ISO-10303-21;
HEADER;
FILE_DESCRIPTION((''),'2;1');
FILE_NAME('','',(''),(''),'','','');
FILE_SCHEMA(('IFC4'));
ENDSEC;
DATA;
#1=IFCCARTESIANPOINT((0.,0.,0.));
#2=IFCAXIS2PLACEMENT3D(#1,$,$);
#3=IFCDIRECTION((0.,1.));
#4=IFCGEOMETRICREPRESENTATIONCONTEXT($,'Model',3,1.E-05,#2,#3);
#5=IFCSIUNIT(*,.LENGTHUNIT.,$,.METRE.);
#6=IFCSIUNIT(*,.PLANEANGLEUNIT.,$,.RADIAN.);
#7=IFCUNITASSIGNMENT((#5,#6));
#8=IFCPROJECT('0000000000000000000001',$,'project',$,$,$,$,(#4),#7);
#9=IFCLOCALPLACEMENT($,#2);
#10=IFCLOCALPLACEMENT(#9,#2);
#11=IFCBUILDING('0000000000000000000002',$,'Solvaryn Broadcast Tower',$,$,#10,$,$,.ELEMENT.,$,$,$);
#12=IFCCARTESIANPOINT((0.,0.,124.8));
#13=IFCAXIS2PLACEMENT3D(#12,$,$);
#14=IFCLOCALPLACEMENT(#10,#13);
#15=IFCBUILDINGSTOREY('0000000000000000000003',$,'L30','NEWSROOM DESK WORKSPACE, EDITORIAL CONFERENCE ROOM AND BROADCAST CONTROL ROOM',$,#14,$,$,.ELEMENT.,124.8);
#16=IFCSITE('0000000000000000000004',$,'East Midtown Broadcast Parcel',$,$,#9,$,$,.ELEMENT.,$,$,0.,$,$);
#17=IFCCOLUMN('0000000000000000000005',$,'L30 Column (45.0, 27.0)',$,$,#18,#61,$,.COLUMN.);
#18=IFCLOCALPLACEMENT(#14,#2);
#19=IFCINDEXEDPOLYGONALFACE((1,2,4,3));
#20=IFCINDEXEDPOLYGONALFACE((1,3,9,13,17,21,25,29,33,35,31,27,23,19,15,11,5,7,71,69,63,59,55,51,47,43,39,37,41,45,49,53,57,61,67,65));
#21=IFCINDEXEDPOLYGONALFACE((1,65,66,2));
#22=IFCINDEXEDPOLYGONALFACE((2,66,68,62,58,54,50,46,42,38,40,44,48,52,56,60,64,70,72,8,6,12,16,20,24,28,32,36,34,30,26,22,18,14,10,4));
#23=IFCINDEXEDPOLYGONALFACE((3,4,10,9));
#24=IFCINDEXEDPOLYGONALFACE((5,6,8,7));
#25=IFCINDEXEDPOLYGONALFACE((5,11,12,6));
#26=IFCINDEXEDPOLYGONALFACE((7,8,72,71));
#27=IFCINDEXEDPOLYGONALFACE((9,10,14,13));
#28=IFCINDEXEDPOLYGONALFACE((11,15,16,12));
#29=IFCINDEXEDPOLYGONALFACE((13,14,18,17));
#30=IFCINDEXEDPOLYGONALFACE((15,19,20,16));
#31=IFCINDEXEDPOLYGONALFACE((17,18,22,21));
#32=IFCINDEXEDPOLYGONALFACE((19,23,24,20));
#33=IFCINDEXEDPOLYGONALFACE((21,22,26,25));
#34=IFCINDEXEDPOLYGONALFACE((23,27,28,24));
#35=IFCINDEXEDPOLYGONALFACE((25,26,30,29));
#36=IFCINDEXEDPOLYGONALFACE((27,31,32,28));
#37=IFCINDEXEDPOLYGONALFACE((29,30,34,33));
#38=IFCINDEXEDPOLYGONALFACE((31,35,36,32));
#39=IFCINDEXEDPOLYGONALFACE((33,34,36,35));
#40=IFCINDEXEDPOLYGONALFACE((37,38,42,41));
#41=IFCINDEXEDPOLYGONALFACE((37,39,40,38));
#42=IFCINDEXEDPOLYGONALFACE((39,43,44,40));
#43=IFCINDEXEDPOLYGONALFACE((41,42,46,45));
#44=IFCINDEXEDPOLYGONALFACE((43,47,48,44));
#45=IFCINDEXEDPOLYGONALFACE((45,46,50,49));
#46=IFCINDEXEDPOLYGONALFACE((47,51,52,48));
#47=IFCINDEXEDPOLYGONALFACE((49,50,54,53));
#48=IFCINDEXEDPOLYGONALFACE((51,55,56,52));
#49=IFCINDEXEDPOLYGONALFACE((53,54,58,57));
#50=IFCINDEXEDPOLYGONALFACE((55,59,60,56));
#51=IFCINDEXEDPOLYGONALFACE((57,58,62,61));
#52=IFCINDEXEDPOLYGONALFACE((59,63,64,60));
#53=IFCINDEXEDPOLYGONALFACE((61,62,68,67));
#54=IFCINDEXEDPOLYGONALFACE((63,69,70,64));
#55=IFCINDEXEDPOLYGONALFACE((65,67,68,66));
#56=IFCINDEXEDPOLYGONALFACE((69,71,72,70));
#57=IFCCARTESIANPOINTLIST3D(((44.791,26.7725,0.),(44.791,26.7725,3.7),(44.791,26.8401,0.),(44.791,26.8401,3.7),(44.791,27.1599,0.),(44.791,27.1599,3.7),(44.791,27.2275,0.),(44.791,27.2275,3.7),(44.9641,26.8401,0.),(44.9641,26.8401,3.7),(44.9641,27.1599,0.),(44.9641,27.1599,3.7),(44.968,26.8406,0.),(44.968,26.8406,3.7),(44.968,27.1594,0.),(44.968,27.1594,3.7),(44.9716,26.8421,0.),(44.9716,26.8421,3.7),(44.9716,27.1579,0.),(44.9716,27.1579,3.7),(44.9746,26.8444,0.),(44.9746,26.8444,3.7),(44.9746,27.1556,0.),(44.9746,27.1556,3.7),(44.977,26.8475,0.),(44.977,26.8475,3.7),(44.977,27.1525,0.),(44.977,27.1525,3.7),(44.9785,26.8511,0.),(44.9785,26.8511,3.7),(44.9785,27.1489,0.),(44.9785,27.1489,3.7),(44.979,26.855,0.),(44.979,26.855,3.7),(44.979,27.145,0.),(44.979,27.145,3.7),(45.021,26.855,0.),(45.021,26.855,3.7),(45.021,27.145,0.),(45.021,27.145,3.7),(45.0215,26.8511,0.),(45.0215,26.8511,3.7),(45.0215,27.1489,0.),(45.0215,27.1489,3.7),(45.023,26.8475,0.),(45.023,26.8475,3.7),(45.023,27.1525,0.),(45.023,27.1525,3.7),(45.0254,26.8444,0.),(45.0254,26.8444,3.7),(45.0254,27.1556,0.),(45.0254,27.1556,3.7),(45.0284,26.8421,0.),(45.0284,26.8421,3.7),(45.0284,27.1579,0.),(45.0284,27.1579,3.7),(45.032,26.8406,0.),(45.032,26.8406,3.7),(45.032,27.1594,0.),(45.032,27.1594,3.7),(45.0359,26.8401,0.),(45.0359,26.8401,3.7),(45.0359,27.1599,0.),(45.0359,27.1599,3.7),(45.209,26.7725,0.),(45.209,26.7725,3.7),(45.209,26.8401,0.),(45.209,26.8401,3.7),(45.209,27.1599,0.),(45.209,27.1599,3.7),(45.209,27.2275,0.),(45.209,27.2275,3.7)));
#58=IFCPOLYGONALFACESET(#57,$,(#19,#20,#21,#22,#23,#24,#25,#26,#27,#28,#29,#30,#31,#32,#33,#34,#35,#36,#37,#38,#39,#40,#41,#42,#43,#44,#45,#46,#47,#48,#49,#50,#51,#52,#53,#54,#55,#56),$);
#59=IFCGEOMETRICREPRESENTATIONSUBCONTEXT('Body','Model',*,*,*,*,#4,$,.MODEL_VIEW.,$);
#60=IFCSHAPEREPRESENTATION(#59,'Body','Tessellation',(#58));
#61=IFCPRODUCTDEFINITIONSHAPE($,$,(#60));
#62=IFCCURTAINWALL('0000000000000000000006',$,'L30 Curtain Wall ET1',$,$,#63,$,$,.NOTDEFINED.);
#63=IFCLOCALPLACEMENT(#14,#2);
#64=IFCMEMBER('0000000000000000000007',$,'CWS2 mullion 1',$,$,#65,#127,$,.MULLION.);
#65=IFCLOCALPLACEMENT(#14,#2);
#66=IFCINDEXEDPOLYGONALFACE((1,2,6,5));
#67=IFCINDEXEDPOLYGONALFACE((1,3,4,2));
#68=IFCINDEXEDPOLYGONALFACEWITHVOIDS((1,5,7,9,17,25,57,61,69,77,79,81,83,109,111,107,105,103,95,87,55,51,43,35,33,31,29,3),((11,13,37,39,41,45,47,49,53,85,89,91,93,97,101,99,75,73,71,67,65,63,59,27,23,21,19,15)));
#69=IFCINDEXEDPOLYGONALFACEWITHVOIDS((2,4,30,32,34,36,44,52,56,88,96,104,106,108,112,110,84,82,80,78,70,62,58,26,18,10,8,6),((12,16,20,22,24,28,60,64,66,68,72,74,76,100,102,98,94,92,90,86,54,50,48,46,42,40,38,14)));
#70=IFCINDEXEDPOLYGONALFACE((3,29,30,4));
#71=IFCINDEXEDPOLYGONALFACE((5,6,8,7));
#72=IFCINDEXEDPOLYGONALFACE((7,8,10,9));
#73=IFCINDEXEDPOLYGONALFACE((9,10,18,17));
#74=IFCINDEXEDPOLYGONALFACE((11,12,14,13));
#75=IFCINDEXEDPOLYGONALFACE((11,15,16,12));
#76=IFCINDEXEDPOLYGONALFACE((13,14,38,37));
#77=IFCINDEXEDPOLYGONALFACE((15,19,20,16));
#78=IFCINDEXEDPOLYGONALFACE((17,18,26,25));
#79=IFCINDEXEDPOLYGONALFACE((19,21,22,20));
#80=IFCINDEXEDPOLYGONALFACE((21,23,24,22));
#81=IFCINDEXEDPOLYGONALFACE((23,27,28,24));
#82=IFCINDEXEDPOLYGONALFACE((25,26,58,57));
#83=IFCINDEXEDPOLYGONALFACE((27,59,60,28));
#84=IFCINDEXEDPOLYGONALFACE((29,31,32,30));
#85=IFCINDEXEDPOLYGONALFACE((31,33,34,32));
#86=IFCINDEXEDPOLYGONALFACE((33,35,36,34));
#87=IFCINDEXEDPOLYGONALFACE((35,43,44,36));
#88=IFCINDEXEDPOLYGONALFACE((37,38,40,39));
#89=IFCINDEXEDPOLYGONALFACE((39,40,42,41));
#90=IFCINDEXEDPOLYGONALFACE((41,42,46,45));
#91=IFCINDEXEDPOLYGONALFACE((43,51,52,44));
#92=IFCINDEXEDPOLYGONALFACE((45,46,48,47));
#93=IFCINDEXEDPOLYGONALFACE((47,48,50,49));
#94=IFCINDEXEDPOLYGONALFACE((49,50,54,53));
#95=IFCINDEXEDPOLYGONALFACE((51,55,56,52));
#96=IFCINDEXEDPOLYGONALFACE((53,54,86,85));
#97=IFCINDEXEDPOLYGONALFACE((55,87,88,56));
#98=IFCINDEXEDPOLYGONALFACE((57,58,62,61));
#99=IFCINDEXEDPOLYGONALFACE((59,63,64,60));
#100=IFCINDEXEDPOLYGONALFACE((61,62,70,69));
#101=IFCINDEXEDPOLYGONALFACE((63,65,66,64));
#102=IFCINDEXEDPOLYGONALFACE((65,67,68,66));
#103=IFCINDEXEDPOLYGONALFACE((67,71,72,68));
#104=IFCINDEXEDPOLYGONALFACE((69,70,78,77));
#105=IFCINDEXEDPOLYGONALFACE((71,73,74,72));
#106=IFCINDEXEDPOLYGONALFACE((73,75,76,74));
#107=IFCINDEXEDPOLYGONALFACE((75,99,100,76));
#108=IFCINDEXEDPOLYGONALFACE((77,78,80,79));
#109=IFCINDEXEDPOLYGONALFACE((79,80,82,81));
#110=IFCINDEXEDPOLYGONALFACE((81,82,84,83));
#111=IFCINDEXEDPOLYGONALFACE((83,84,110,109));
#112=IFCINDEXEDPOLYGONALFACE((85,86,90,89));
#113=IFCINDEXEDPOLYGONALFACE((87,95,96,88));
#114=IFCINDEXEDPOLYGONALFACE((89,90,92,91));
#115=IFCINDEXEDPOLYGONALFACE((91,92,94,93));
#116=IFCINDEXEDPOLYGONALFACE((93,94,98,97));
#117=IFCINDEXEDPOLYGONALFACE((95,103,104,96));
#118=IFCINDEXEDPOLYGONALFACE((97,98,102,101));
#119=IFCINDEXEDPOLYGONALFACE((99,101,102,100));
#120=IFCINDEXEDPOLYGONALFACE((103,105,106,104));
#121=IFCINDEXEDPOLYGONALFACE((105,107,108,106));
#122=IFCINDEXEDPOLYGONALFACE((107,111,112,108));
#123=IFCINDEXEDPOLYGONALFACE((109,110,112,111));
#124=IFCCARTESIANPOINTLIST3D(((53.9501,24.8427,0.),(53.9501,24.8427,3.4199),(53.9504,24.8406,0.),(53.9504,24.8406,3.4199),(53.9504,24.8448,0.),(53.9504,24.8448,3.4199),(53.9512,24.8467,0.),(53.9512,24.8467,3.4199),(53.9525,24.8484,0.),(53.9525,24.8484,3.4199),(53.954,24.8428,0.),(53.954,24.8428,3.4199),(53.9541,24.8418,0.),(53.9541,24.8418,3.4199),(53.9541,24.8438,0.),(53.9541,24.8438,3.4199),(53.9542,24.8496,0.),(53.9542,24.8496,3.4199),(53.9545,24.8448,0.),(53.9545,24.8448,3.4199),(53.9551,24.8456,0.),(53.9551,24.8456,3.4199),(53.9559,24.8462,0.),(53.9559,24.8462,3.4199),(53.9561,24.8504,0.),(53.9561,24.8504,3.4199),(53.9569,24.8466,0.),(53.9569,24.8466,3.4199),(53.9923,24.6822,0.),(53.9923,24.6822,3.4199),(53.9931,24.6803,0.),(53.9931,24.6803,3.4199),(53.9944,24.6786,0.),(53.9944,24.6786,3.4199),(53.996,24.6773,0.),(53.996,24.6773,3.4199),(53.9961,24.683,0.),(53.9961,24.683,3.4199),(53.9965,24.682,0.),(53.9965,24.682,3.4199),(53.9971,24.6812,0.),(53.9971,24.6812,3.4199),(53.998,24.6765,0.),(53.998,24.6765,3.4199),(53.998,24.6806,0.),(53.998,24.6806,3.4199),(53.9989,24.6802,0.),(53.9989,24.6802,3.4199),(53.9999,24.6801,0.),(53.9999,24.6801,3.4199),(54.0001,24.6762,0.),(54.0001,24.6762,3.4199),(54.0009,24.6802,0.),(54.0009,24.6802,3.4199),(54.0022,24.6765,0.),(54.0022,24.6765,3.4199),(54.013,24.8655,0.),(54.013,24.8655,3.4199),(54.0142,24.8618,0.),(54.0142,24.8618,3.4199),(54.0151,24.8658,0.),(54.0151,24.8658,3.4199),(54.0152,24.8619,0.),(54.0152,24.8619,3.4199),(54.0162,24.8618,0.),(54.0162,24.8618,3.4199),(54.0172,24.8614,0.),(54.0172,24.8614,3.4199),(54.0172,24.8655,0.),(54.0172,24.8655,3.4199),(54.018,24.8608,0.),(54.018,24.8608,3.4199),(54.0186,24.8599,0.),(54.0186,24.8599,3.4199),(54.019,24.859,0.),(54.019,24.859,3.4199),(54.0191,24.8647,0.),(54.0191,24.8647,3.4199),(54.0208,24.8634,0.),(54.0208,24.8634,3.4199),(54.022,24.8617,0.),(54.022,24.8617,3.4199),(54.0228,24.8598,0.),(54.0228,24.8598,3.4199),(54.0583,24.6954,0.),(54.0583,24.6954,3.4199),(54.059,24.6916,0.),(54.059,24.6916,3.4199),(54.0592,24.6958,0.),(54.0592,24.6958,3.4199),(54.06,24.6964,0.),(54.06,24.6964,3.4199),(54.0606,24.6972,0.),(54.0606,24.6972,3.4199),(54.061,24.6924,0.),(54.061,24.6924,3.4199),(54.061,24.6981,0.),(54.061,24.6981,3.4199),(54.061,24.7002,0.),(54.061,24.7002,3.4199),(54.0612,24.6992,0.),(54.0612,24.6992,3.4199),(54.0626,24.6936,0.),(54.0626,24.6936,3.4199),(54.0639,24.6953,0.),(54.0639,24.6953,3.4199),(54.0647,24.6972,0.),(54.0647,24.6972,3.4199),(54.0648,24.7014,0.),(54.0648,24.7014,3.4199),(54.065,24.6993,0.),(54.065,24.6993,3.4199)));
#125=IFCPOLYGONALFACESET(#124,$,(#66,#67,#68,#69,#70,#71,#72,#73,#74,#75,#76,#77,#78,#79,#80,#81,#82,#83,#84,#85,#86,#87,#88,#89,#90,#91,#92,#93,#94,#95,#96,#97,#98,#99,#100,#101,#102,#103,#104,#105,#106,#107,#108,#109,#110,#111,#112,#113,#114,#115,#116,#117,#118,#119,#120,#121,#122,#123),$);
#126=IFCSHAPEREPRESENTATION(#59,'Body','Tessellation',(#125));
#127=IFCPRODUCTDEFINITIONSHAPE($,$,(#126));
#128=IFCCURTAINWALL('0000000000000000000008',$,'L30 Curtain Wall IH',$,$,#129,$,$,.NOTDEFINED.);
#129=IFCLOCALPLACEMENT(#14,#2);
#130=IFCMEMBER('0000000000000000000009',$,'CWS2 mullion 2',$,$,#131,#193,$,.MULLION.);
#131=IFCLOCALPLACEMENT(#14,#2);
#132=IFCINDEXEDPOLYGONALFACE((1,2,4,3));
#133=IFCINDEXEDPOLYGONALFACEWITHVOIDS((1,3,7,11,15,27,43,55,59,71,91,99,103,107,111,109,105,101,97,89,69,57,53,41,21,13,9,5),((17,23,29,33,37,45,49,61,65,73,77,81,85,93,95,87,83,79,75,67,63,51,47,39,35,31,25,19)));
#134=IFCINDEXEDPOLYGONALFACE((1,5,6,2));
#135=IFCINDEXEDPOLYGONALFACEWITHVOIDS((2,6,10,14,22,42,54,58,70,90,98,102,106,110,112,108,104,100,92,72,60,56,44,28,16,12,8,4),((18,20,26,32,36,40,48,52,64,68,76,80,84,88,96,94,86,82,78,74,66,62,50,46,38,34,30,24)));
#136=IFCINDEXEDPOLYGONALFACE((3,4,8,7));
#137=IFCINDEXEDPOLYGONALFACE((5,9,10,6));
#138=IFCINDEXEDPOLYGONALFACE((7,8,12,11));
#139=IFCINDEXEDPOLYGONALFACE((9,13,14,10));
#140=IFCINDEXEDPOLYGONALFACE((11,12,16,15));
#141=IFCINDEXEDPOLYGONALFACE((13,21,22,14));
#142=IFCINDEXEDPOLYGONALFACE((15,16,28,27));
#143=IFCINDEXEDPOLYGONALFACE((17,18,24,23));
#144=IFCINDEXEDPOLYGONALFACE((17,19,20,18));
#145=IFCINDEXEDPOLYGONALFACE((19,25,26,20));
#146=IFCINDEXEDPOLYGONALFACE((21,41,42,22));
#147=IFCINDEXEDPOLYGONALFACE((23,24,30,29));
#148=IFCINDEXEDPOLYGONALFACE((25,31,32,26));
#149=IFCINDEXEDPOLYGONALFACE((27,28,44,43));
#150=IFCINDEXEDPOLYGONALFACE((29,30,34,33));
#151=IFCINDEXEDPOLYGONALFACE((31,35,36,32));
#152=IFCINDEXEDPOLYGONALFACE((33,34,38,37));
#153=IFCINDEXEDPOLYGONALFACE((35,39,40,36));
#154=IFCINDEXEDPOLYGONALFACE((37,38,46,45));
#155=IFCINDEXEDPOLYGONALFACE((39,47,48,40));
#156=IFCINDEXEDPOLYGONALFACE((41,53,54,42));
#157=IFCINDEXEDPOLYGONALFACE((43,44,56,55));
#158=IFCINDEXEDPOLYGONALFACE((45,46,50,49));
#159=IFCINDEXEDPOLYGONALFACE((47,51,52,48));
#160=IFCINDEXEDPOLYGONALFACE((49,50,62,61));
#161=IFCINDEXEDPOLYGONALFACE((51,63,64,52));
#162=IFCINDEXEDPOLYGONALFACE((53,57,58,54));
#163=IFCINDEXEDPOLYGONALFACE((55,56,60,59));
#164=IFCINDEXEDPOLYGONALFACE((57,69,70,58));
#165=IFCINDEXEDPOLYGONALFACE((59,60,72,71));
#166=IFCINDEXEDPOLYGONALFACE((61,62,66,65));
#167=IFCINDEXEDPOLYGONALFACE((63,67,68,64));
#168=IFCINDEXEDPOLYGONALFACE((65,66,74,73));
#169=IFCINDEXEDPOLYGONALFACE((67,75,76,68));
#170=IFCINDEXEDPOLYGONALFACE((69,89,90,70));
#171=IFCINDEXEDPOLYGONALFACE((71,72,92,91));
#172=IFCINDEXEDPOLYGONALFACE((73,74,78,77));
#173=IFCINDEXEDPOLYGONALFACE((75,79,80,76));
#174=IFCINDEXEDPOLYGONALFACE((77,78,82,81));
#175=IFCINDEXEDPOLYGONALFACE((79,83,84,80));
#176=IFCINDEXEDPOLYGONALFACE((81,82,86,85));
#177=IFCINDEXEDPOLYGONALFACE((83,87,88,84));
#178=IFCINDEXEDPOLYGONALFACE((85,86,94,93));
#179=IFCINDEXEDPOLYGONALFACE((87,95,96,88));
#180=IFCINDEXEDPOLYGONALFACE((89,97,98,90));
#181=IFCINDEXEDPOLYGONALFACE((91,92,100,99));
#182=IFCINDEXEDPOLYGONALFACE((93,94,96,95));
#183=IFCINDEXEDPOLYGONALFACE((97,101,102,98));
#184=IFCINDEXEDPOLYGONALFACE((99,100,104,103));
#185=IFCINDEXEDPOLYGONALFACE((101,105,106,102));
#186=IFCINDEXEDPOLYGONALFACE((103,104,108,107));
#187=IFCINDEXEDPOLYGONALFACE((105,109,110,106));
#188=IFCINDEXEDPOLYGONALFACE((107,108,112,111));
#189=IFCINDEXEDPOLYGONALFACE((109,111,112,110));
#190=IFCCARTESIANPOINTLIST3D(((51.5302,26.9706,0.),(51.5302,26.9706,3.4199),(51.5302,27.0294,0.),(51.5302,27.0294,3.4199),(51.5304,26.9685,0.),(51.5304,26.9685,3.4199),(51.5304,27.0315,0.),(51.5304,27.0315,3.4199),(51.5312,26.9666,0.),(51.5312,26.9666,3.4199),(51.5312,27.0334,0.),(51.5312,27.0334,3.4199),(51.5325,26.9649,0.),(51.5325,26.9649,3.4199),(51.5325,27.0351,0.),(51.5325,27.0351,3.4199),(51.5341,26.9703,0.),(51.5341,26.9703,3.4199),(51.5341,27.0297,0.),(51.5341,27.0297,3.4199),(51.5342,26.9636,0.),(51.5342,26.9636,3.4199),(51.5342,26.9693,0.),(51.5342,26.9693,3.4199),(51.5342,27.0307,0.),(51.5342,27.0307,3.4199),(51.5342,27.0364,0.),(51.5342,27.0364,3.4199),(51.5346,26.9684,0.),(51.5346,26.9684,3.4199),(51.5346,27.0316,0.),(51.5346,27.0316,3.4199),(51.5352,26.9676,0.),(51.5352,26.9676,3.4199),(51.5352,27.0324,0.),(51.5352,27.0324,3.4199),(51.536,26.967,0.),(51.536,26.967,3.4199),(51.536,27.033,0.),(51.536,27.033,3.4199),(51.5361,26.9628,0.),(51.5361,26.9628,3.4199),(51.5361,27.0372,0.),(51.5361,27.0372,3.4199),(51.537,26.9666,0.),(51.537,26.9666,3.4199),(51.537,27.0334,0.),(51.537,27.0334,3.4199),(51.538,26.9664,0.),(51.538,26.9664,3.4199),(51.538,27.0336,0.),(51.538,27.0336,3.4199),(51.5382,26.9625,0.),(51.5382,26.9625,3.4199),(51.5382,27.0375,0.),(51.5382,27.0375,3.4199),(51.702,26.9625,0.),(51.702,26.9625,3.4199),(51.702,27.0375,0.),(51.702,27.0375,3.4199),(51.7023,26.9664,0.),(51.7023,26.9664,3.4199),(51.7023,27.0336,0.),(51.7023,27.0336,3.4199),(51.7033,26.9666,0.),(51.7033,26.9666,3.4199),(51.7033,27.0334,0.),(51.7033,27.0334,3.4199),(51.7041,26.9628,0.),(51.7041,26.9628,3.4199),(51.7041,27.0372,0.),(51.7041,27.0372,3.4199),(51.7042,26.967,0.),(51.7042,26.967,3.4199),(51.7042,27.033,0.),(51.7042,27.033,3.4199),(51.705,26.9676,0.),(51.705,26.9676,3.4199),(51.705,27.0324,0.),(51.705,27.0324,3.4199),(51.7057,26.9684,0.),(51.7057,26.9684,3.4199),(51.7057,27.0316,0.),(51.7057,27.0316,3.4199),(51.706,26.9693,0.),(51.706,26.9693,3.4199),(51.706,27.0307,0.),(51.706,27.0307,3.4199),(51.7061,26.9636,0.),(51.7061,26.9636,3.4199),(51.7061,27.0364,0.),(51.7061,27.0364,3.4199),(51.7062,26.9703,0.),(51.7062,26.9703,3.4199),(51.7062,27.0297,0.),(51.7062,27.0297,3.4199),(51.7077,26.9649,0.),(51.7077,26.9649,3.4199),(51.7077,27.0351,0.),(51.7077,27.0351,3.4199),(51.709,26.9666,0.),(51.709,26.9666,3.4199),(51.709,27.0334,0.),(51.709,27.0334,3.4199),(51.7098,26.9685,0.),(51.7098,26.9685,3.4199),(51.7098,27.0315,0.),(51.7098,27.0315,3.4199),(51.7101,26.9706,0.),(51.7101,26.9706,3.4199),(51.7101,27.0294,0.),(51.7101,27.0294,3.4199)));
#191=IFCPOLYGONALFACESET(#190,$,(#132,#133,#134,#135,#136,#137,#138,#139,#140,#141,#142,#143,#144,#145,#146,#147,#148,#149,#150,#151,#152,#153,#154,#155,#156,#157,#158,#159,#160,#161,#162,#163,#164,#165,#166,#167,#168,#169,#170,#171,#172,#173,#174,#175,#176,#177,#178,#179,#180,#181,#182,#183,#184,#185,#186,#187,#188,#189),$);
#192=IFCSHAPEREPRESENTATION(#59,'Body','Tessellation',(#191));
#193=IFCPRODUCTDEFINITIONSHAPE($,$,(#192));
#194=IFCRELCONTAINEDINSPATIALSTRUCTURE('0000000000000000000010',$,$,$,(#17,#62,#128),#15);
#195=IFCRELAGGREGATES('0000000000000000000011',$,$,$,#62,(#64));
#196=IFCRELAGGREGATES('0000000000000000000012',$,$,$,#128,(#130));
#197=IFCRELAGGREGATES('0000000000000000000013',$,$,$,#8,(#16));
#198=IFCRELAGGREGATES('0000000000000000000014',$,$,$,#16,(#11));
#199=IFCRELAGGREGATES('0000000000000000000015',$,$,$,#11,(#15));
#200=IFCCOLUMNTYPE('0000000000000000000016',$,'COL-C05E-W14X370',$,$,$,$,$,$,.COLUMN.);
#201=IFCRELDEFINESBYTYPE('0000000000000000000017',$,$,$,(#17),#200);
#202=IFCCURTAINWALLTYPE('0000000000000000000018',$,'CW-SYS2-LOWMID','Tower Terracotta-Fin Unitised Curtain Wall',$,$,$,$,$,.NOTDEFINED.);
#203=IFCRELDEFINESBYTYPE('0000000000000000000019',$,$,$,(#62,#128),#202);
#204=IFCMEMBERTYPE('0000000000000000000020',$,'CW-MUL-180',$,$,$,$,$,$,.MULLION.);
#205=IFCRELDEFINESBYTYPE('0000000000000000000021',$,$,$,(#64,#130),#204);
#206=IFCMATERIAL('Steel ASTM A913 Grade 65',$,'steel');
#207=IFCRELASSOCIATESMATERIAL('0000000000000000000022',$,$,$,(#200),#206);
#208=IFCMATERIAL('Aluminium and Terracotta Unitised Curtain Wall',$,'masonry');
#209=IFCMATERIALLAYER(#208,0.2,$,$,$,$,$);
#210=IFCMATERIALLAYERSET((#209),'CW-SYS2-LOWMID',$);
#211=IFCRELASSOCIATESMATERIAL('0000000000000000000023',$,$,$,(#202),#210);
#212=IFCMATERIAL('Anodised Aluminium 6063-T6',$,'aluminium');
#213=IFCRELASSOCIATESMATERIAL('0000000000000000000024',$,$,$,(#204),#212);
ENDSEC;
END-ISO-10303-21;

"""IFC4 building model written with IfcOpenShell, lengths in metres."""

from ifc_helpers import new_model, si_unit, direction, frame, origin, origin_2d, place, context, subcontext, project, spatial, hollow_rectangle, i_section, extrude, material, layer, layer_set, material_profile, profile_set, type_object, element, aggregate, save


model = new_model("IFC4")

# Units and contexts
model_context = context("Model", 3, precision=1e-05, world=origin(), true_north=direction((0.0, 1.0)))
body_context = subcontext(model_context, "Body", "Model", "MODEL_VIEW")
ifc_project = project(units=[si_unit("LENGTHUNIT", "METRE"), si_unit("PLANEANGLEUNIT", "RADIAN")], contexts=[model_context])

# Site, building, storey
site_placement = place(None, origin())
site = spatial("IfcSite", under=ifc_project, at=site_placement, Name="East Midtown Broadcast Parcel", CompositionType="ELEMENT", RefElevation=0.0)
building_placement = place(site_placement, origin())
building = spatial("IfcBuilding", under=site, at=building_placement, Name="Solvaryn Broadcast Tower", CompositionType="ELEMENT")
storey_placement = place(building_placement, frame((0.0, 0.0, 124.8)))
storey = spatial("IfcBuildingStorey", under=building, at=storey_placement, Name="L30", Description="NEWSROOM DESK WORKSPACE, EDITORIAL CONFERENCE ROOM AND BROADCAST CONTROL ROOM", CompositionType="ELEMENT", Elevation=124.8)

# Column
ifc_material_1 = material(Name="Steel ASTM A913 Grade 65", Category="steel")
ifc_material_profile_1 = material_profile(ifc_material_1, i_section(OverallWidth=0.418, OverallDepth=0.4551, WebThickness=0.042, FlangeThickness=0.0676, FilletRadius=0.0149, at=origin_2d()))
ifc_profile_set_1 = profile_set([ifc_material_profile_1], Name="Steel ASTM A913 Grade 65")
column_type = type_object("IfcColumnType", Name="COL-C05E-W14X370", PredefinedType="COLUMN", material=ifc_profile_set_1)
column_placement = place(storey_placement, frame((45.0, 27.0, 0.0), z_axis=(0.0, 0.0, 1.0), x_axis=(1.0, 0.0, 0.0)))
element("IfcColumn", 1, at=column_placement, inside=storey, type_object=column_type, Name="L30 Column (45.0, 27.0)", PredefinedType="COLUMN", context=body_context, shape_type="SweptSolid", body=[
    extrude(i_section(OverallWidth=0.418, OverallDepth=0.4551, WebThickness=0.042, FlangeThickness=0.0676, FilletRadius=0.0149, at=origin_2d()), origin(), (0.0, 0.0, 1.0), 3.7),
])

# Curtain walls, members
ifc_material_2 = material(Name="Aluminium and Terracotta Unitised Curtain Wall", Category="masonry")
ifc_layer_1 = layer(ifc_material_2, 0.2)
ifc_layer_set_1 = layer_set([ifc_layer_1], Name="CW-SYS2-LOWMID")
curtain_wall_type = type_object("IfcCurtainWallType", Name="CW-SYS2-LOWMID", Description="Tower Terracotta-Fin Unitised Curtain Wall", PredefinedType="NOTDEFINED", material=ifc_layer_set_1)
curtain_wall_1_placement = place(storey_placement, origin())
curtain_wall_1 = element("IfcCurtainWall", 2, at=curtain_wall_1_placement, inside=storey, type_object=curtain_wall_type, Name="L30 Curtain Wall ET1", PredefinedType="NOTDEFINED")
ifc_material_3 = material(Name="Anodised Aluminium 6063-T6", Category="aluminium")
ifc_material_profile_2 = material_profile(ifc_material_3, hollow_rectangle(XDim=0.075, YDim=0.1799, WallThickness=0.0039, InnerFilletRadius=0.0039, OuterFilletRadius=0.0081, at=origin_2d()))
ifc_profile_set_2 = profile_set([ifc_material_profile_2], Name="Anodised Aluminium 6063-T6")
member_type_1 = type_object("IfcMemberType", Name="CW-MUL-180", PredefinedType="MULLION", material=ifc_profile_set_2)
member_1_placement = place(storey_placement, frame((54.0076, 24.771, 0.0), z_axis=(0.0, 0.0, 1.0), x_axis=(0.966705, 0.255893, 0.0)))
member_1 = element("IfcMember", 3, at=member_1_placement, type_object=member_type_1, Name="CWS2 mullion 1", PredefinedType="MULLION", context=body_context, shape_type="SweptSolid", body=[
    extrude(hollow_rectangle(XDim=0.075, YDim=0.1799, WallThickness=0.0039, InnerFilletRadius=0.0039, OuterFilletRadius=0.0081, at=origin_2d()), origin(), (0.0, 0.0, 1.0), 3.4199),
])
curtain_wall_2_placement = place(storey_placement, origin())
curtain_wall_2 = element("IfcCurtainWall", 4, at=curtain_wall_2_placement, inside=storey, type_object=curtain_wall_type, Name="L30 Curtain Wall IH", PredefinedType="NOTDEFINED")
member_2_placement = place(storey_placement, frame((51.6201, 27.0, 0.0), z_axis=(0.0, 0.0, 1.0), x_axis=(0.0, 1.0, 0.0)))
member_2 = element("IfcMember", 5, at=member_2_placement, type_object=member_type_1, Name="CWS2 mullion 2", PredefinedType="MULLION", context=body_context, shape_type="SweptSolid", body=[
    extrude(hollow_rectangle(XDim=0.075, YDim=0.1799, WallThickness=0.0039, InnerFilletRadius=0.0039, OuterFilletRadius=0.0081, at=origin_2d()), origin(), (0.0, 0.0, 1.0), 3.4199),
])

aggregate(curtain_wall_1, [member_1])
aggregate(curtain_wall_2, [member_2])

save(model, "model.ifc")
